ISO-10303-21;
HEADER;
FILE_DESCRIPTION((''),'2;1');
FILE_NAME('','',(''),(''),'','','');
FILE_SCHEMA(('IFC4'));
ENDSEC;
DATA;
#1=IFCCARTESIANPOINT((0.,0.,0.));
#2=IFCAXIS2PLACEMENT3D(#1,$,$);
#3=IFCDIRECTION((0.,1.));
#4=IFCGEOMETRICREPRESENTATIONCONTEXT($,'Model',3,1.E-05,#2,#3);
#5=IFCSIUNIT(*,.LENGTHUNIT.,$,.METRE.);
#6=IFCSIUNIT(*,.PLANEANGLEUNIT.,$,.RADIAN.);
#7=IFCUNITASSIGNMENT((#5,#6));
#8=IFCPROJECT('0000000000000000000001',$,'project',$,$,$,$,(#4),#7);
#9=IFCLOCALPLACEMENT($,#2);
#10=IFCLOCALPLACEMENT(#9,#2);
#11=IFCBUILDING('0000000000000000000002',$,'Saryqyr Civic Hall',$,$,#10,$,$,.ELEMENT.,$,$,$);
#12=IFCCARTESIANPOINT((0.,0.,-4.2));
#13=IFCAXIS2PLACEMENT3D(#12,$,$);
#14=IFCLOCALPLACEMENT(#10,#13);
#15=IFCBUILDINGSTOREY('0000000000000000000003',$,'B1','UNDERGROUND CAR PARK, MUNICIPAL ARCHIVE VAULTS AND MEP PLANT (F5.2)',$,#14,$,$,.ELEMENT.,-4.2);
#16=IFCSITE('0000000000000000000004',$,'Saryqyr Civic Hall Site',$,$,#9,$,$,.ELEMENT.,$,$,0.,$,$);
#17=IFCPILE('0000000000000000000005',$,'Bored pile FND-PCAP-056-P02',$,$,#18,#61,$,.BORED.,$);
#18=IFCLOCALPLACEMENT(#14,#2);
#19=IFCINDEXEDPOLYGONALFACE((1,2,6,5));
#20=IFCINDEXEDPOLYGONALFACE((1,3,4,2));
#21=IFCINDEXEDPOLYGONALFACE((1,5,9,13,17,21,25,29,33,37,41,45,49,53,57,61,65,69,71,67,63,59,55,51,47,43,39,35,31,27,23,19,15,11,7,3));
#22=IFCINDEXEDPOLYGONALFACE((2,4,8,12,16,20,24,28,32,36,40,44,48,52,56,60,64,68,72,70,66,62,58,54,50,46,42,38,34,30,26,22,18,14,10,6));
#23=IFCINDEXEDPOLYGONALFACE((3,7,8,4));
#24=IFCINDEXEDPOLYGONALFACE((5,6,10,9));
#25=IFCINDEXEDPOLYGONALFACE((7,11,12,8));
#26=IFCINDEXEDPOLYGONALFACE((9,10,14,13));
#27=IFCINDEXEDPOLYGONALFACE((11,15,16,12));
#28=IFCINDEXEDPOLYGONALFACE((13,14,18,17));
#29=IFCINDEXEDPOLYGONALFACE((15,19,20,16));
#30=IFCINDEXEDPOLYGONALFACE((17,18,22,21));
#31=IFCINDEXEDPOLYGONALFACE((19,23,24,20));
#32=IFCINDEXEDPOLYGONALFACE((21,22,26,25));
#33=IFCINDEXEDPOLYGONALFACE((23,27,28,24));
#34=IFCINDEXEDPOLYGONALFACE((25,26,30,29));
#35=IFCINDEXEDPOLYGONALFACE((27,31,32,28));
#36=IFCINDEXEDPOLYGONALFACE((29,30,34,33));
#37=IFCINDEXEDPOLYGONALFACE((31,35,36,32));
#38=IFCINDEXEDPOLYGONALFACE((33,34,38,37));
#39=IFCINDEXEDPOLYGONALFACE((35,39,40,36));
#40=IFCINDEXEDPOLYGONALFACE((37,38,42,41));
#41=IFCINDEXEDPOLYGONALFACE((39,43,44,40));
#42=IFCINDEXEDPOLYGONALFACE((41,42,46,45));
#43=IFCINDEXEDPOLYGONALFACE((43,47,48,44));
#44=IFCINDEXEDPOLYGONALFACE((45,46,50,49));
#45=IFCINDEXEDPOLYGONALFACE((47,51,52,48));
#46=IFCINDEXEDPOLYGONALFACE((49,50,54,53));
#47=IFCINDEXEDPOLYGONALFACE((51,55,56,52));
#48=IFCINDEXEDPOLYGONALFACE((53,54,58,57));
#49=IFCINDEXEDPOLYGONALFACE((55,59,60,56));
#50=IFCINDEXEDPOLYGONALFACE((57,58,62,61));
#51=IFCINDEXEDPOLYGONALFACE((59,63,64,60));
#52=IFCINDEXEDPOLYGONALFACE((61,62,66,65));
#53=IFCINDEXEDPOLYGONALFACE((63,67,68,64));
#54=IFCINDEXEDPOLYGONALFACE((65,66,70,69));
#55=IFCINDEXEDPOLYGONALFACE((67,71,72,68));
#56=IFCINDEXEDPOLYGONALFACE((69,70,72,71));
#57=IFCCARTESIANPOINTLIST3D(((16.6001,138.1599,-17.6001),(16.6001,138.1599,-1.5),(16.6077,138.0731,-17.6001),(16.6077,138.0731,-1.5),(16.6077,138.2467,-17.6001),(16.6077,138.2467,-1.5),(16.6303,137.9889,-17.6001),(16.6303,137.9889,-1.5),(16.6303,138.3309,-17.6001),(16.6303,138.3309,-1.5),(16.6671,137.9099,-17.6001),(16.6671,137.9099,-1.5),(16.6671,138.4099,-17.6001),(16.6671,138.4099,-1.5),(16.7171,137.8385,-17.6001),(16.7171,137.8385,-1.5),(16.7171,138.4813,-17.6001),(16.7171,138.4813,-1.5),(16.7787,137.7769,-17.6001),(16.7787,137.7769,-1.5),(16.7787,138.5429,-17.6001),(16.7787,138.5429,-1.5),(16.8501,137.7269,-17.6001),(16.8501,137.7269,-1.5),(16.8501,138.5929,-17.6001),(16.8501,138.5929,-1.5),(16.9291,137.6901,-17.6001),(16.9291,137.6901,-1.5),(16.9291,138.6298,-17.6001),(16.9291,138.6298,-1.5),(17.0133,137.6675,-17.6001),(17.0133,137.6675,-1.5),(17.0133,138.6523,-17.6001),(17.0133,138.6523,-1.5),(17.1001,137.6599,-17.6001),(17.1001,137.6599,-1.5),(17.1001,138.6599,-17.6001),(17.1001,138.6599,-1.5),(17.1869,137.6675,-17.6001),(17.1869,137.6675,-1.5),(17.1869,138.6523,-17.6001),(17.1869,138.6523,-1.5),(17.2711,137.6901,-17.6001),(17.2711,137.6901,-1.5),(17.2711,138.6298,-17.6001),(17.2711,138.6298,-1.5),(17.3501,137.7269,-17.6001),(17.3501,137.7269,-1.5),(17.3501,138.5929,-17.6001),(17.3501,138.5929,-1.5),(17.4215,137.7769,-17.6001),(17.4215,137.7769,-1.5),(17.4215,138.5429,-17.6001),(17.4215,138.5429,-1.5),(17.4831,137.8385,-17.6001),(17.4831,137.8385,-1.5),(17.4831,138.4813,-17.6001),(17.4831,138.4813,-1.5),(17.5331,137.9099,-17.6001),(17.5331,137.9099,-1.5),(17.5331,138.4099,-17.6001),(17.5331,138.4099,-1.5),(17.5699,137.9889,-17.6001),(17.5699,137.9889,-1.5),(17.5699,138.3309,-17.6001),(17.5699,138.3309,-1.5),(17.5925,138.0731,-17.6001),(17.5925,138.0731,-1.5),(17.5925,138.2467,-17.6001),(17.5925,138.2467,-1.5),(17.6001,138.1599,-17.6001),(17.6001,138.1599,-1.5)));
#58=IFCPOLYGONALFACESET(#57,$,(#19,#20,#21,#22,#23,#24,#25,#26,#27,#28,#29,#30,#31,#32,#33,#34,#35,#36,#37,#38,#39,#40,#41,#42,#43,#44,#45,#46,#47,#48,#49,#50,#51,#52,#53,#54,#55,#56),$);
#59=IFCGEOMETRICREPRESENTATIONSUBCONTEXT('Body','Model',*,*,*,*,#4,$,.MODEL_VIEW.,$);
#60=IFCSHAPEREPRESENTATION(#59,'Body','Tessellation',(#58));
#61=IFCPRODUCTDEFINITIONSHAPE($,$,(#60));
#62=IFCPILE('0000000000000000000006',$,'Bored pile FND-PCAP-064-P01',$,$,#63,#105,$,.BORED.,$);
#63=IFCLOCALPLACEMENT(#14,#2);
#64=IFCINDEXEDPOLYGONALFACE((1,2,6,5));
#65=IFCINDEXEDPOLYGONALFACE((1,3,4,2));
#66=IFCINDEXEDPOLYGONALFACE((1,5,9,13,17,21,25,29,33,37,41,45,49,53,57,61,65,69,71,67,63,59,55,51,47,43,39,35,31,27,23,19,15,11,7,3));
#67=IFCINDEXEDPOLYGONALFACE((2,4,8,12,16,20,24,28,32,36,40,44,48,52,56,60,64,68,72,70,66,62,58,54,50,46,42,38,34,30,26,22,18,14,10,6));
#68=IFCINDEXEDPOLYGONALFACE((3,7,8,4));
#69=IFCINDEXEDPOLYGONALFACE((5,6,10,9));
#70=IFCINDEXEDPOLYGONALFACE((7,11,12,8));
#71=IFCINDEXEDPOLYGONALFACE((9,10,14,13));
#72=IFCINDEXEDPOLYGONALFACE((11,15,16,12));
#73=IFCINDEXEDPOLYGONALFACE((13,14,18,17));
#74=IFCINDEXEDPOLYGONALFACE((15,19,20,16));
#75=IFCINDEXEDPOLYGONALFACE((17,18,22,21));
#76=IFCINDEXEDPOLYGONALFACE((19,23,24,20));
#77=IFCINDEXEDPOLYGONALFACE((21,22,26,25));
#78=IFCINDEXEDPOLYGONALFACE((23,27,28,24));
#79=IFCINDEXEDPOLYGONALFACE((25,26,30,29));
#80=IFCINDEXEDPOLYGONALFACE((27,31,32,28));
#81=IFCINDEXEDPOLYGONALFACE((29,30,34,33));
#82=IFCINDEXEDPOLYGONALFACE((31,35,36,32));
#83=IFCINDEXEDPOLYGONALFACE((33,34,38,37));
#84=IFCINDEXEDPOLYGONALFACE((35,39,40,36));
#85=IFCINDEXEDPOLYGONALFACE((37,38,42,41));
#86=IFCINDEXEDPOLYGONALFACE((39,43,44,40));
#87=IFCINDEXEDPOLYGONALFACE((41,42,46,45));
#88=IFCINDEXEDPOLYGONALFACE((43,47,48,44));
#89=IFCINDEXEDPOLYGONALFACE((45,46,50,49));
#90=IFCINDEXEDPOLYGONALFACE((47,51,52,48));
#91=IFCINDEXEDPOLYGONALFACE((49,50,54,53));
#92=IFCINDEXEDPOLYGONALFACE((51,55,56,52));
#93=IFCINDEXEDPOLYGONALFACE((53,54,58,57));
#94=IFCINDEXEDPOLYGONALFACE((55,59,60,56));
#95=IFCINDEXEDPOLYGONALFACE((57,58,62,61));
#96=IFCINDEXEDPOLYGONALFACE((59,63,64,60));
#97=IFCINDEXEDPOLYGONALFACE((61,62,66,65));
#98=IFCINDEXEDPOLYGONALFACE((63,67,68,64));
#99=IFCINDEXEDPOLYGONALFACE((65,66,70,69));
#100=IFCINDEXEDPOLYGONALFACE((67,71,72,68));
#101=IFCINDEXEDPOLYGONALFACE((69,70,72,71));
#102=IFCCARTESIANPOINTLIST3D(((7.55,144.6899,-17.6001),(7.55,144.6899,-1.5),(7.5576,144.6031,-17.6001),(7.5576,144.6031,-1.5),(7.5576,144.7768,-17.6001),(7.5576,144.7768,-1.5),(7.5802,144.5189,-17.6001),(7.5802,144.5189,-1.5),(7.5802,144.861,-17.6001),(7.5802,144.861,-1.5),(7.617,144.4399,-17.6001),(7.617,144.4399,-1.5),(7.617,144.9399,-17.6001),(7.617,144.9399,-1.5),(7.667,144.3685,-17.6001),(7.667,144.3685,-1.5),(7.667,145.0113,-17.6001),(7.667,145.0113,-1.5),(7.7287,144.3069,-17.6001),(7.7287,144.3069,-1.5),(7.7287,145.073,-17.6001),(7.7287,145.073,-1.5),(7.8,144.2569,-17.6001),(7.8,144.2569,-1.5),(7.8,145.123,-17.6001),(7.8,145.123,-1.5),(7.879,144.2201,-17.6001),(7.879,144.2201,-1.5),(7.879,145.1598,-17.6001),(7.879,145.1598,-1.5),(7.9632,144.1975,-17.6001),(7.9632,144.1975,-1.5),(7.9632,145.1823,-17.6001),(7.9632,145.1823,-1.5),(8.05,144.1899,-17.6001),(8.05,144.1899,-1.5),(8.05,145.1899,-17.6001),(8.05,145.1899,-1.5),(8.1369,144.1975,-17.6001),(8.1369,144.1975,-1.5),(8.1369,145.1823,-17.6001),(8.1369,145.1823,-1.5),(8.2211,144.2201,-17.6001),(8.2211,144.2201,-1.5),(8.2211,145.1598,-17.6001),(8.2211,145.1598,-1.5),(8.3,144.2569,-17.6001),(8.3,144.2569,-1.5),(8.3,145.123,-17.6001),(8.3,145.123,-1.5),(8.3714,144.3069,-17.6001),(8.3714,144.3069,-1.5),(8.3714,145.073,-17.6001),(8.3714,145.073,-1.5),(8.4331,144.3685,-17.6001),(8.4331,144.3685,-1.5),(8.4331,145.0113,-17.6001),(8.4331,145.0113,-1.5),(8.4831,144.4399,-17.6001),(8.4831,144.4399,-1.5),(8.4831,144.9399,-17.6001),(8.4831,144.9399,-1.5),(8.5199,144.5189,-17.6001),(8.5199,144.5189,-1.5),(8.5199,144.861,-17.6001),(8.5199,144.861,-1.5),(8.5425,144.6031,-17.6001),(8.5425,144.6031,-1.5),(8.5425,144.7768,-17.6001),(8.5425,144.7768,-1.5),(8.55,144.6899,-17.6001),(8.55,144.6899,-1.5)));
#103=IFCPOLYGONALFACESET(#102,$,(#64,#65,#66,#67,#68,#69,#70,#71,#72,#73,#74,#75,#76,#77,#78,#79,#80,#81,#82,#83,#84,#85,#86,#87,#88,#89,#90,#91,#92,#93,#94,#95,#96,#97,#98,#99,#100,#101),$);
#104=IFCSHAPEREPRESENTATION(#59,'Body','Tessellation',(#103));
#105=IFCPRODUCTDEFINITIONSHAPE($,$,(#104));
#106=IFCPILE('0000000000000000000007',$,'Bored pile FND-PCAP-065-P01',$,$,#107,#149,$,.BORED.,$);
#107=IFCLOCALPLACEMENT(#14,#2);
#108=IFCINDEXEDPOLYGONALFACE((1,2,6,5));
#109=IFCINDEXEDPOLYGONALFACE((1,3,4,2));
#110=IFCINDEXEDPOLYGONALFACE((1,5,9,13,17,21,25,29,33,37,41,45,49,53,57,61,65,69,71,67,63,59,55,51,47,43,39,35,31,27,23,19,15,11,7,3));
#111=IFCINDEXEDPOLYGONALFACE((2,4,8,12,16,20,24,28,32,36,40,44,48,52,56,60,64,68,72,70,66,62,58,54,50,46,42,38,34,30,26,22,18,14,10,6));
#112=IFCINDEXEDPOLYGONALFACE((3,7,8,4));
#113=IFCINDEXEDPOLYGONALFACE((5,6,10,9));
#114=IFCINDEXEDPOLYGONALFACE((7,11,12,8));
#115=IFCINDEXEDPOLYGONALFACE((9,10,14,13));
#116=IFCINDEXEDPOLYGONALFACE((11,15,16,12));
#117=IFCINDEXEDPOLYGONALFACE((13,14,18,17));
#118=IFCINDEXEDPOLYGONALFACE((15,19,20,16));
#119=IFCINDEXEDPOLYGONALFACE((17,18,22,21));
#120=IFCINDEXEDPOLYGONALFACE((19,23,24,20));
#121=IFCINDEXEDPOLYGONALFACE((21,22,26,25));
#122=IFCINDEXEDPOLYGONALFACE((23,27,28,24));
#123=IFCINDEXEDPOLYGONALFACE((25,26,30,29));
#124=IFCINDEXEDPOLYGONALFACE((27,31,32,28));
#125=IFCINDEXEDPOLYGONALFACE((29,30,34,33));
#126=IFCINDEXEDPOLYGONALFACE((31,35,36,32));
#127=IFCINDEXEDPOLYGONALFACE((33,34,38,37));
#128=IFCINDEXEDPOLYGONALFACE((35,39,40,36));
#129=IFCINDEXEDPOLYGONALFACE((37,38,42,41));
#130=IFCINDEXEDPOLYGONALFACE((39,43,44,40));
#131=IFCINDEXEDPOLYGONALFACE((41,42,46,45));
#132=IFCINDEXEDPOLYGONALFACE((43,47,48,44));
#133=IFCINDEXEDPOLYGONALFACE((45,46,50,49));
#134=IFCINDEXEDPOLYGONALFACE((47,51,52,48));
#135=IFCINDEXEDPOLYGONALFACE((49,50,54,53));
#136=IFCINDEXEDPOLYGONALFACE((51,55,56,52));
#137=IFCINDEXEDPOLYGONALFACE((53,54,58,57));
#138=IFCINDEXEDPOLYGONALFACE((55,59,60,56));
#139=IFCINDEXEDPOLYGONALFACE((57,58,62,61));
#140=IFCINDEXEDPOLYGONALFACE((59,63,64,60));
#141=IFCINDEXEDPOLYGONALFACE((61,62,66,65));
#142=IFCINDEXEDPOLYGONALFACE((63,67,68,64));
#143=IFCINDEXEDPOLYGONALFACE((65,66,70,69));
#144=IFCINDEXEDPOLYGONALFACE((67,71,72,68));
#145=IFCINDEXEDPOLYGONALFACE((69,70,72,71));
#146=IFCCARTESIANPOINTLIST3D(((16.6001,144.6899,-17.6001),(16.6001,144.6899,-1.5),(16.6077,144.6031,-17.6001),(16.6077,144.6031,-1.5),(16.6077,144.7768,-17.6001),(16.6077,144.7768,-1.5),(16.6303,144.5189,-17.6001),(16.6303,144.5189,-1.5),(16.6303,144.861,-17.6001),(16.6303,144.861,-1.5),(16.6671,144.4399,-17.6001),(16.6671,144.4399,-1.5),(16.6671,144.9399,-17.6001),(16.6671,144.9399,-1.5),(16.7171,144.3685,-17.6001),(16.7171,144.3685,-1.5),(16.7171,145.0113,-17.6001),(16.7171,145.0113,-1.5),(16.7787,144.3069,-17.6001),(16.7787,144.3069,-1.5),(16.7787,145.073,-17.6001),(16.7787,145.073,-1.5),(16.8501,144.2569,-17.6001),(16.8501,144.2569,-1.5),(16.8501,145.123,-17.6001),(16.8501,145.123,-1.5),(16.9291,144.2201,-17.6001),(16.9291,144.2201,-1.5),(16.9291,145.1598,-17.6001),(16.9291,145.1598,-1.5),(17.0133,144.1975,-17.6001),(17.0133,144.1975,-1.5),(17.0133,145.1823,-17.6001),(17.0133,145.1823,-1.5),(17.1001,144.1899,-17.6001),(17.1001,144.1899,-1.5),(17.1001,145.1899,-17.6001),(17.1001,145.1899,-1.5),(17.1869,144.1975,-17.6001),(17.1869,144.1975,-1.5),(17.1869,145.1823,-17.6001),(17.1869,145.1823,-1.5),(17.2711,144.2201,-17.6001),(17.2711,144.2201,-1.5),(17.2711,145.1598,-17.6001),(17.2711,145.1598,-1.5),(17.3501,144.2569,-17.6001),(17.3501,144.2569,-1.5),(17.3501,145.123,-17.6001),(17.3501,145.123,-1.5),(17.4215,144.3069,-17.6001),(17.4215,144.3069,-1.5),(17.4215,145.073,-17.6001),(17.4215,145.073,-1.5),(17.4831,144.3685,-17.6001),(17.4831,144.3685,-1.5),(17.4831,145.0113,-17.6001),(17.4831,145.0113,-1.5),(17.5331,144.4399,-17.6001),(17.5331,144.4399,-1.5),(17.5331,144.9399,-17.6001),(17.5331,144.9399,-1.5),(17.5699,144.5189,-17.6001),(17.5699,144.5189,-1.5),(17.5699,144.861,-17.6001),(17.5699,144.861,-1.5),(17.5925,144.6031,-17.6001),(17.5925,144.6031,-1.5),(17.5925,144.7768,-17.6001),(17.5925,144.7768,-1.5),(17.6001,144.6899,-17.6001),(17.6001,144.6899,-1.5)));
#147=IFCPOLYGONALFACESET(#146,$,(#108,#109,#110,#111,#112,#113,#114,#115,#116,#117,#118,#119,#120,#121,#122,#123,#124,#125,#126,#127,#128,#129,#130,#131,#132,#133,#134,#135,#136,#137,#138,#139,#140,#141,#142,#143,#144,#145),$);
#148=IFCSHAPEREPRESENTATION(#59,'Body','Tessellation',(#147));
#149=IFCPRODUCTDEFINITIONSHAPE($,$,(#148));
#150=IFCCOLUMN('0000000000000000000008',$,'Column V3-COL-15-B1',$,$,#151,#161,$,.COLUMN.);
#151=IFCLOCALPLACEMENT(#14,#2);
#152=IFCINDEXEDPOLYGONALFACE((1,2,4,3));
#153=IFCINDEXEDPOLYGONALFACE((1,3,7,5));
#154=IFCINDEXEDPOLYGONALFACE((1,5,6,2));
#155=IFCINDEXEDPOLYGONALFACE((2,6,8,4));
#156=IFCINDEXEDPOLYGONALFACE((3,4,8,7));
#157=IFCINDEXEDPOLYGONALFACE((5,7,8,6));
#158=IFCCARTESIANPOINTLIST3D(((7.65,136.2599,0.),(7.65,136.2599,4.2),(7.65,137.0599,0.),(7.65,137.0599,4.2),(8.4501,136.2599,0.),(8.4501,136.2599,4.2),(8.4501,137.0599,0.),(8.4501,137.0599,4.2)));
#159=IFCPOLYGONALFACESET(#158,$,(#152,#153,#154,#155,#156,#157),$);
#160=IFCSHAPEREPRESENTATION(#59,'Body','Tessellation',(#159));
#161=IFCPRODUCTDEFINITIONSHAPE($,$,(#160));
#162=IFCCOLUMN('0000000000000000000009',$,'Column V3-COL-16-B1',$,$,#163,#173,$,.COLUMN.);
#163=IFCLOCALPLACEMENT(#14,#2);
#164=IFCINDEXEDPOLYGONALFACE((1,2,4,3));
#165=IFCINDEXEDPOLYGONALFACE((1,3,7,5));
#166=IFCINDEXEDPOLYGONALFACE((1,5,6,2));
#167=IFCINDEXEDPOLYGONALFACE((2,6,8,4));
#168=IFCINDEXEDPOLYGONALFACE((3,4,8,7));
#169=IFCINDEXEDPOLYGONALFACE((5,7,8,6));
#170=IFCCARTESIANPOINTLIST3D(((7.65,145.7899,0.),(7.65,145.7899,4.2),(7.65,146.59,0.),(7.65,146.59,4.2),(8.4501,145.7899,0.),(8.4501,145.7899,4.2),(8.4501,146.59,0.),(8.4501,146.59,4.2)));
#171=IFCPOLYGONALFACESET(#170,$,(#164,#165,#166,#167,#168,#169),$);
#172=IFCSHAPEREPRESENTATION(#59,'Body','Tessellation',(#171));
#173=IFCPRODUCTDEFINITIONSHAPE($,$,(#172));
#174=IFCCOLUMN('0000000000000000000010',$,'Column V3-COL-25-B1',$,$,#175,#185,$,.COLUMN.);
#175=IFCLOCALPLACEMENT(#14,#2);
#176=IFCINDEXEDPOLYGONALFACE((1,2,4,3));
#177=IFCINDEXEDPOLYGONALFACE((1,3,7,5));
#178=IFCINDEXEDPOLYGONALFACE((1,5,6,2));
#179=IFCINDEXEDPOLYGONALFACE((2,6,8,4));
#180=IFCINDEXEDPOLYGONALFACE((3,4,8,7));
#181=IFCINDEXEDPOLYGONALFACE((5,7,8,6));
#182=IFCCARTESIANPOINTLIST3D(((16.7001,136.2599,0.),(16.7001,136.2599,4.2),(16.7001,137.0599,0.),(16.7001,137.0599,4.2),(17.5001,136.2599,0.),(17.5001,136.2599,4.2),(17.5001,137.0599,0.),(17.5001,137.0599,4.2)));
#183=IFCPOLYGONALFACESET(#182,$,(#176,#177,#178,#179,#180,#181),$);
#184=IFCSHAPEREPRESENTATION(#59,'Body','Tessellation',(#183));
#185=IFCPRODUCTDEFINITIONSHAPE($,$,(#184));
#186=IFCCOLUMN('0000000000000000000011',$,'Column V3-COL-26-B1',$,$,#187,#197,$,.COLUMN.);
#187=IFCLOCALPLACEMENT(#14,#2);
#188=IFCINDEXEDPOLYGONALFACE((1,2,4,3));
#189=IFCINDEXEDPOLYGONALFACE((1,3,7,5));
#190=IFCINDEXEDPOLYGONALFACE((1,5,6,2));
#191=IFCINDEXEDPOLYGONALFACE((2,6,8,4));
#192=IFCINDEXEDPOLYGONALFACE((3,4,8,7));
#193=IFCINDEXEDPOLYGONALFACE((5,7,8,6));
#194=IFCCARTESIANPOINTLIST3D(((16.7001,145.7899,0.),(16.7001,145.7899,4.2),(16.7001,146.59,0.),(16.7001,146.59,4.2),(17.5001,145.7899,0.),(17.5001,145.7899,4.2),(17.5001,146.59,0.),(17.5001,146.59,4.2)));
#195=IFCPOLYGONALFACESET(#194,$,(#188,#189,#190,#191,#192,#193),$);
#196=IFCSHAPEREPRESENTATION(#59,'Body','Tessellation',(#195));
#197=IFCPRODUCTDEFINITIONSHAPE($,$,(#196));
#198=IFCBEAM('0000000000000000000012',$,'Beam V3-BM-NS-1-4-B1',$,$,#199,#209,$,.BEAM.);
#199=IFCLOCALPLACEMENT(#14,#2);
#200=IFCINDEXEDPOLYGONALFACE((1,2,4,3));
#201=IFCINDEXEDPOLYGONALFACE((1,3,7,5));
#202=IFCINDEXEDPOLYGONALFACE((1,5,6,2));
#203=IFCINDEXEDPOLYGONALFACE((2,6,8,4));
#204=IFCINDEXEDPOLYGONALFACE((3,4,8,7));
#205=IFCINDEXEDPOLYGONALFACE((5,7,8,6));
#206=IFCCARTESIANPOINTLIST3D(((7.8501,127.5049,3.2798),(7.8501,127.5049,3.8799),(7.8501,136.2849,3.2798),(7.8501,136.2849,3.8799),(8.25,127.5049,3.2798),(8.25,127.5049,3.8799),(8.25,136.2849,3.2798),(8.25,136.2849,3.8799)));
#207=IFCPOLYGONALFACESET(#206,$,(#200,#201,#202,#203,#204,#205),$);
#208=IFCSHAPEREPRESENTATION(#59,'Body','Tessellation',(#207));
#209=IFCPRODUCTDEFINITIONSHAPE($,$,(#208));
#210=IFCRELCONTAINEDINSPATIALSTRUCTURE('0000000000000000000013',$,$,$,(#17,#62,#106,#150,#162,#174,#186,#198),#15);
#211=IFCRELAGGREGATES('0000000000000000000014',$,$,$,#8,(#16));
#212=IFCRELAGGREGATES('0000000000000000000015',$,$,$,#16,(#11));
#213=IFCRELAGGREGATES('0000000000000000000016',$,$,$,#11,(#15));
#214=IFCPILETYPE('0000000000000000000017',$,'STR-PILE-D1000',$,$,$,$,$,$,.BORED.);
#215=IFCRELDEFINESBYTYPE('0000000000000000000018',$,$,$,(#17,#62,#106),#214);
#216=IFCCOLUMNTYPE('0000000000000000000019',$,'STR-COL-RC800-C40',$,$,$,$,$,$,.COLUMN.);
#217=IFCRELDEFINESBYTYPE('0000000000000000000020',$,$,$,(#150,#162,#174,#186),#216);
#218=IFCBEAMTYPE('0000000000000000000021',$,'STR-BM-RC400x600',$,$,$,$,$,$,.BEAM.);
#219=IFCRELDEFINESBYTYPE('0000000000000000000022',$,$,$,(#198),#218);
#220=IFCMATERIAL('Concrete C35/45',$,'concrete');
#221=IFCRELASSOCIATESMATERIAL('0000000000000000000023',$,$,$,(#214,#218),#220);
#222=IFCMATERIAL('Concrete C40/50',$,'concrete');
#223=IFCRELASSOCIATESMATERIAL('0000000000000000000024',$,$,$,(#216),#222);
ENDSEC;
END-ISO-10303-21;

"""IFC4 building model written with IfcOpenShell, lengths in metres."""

from ifc_helpers import new_model, si_unit, direction, frame, origin, origin_2d, place, context, subcontext, project, spatial, rectangle, circle, extrude, material, material_profile, profile_set, type_object, element, save


model = new_model("IFC4")

# Units and contexts
model_context = context("Model", 3, precision=1e-05, world=origin(), true_north=direction((0.0, 1.0)))
body_context = subcontext(model_context, "Body", "Model", "MODEL_VIEW")
ifc_project = project(units=[si_unit("LENGTHUNIT", "METRE"), si_unit("PLANEANGLEUNIT", "RADIAN")], contexts=[model_context])

# Site, building, storey
site_placement = place(None, origin())
site = spatial("IfcSite", under=ifc_project, at=site_placement, Name="Saryqyr Civic Hall Site", CompositionType="ELEMENT", RefElevation=0.0)
building_placement = place(site_placement, origin())
building = spatial("IfcBuilding", under=site, at=building_placement, Name="Saryqyr Civic Hall", CompositionType="ELEMENT")
storey_placement = place(building_placement, frame((0.0, 0.0, -4.2)))
storey = spatial("IfcBuildingStorey", under=building, at=storey_placement, Name="B1", Description="UNDERGROUND CAR PARK, MUNICIPAL ARCHIVE VAULTS AND MEP PLANT (F5.2)", CompositionType="ELEMENT", Elevation=-4.2)

# Shared definitions
ifc_material_1 = material(Name="Concrete C35/45", Category="concrete")

# Piles
ifc_material_profile_1 = material_profile(ifc_material_1, circle(Radius=0.5, at=origin_2d()), Name="BORED PILE D1000")
ifc_profile_set_1 = profile_set([ifc_material_profile_1], Name="Concrete C35/45")
pile_type = type_object("IfcPileType", Name="STR-PILE-D1000", PredefinedType="BORED", material=ifc_profile_set_1)
for number, where, z_axis, x_axis, name in (
    (1, (17.1001, 138.1599, -1.5), (0.0, 0.0, -1.0), (1.0, 0.0, 0.0), "Bored pile FND-PCAP-056-P02"),
    (2, (8.05, 144.6899, -1.5), (0.0, 0.0, -1.0), (1.0, 0.0, 0.0), "Bored pile FND-PCAP-064-P01"),
    (3, (17.1001, 144.6899, -1.5), (0.0, 0.0, -1.0), (1.0, 0.0, 0.0), "Bored pile FND-PCAP-065-P01"),
):
    element("IfcPile", number, at=place(storey_placement, frame(where, z_axis=z_axis, x_axis=x_axis)), inside=storey, type_object=pile_type, Name=name, PredefinedType="BORED", context=body_context, shape_type="SweptSolid", body=[
        extrude(circle(Radius=0.5, at=origin_2d()), origin(), (0.0, 0.0, 1.0), 16.1001),
    ])

# Columns
ifc_material_2 = material(Name="Concrete C40/50", Category="concrete")
ifc_material_profile_2 = material_profile(ifc_material_2, rectangle(XDim=0.8, YDim=0.8, at=origin_2d()), Name="RC 800x800")
ifc_profile_set_2 = profile_set([ifc_material_profile_2], Name="Concrete C40/50")
column_type = type_object("IfcColumnType", Name="STR-COL-RC800-C40", PredefinedType="COLUMN", material=ifc_profile_set_2)
for number, where, z_axis, x_axis, name in (
    (4, (8.05, 136.6599, 0.0), (0.0, 0.0, 1.0), (1.0, 0.0, 0.0), "Column V3-COL-15-B1"),
    (5, (8.05, 146.1899, 0.0), (0.0, 0.0, 1.0), (1.0, 0.0, 0.0), "Column V3-COL-16-B1"),
    (6, (17.1001, 136.6599, 0.0), (0.0, 0.0, 1.0), (1.0, 0.0, 0.0), "Column V3-COL-25-B1"),
    (7, (17.1001, 146.1899, 0.0), (0.0, 0.0, 1.0), (1.0, 0.0, 0.0), "Column V3-COL-26-B1"),
):
    element("IfcColumn", number, at=place(storey_placement, frame(where, z_axis=z_axis, x_axis=x_axis)), inside=storey, type_object=column_type, Name=name, PredefinedType="COLUMN", context=body_context, shape_type="SweptSolid", body=[
        extrude(rectangle(XDim=0.8, YDim=0.8, at=origin_2d()), origin(), (0.0, 0.0, 1.0), 4.2),
    ])

# Beam
ifc_material_profile_3 = material_profile(ifc_material_1, rectangle(XDim=0.3999, YDim=0.6001, at=origin_2d()), Name="RC 400x600")
ifc_profile_set_3 = profile_set([ifc_material_profile_3], Name="Concrete C35/45")
beam_type_1 = type_object("IfcBeamType", Name="STR-BM-RC400x600", PredefinedType="BEAM", material=ifc_profile_set_3)
for number, where, z_axis, x_axis, name in (
    (8, (8.05, 127.5049, 3.5798), (0.0, 1.0, 0.0), (-1.0, 0.0, 0.0), "Beam V3-BM-NS-1-4-B1"),
):
    element("IfcBeam", number, at=place(storey_placement, frame(where, z_axis=z_axis, x_axis=x_axis)), inside=storey, type_object=beam_type_1, Name=name, PredefinedType="BEAM", context=body_context, shape_type="SweptSolid", body=[
        extrude(rectangle(XDim=0.3999, YDim=0.6001, at=origin_2d()), origin(), (0.0, 0.0, 1.0), 8.78),
    ])

save(model, "model.ifc")
